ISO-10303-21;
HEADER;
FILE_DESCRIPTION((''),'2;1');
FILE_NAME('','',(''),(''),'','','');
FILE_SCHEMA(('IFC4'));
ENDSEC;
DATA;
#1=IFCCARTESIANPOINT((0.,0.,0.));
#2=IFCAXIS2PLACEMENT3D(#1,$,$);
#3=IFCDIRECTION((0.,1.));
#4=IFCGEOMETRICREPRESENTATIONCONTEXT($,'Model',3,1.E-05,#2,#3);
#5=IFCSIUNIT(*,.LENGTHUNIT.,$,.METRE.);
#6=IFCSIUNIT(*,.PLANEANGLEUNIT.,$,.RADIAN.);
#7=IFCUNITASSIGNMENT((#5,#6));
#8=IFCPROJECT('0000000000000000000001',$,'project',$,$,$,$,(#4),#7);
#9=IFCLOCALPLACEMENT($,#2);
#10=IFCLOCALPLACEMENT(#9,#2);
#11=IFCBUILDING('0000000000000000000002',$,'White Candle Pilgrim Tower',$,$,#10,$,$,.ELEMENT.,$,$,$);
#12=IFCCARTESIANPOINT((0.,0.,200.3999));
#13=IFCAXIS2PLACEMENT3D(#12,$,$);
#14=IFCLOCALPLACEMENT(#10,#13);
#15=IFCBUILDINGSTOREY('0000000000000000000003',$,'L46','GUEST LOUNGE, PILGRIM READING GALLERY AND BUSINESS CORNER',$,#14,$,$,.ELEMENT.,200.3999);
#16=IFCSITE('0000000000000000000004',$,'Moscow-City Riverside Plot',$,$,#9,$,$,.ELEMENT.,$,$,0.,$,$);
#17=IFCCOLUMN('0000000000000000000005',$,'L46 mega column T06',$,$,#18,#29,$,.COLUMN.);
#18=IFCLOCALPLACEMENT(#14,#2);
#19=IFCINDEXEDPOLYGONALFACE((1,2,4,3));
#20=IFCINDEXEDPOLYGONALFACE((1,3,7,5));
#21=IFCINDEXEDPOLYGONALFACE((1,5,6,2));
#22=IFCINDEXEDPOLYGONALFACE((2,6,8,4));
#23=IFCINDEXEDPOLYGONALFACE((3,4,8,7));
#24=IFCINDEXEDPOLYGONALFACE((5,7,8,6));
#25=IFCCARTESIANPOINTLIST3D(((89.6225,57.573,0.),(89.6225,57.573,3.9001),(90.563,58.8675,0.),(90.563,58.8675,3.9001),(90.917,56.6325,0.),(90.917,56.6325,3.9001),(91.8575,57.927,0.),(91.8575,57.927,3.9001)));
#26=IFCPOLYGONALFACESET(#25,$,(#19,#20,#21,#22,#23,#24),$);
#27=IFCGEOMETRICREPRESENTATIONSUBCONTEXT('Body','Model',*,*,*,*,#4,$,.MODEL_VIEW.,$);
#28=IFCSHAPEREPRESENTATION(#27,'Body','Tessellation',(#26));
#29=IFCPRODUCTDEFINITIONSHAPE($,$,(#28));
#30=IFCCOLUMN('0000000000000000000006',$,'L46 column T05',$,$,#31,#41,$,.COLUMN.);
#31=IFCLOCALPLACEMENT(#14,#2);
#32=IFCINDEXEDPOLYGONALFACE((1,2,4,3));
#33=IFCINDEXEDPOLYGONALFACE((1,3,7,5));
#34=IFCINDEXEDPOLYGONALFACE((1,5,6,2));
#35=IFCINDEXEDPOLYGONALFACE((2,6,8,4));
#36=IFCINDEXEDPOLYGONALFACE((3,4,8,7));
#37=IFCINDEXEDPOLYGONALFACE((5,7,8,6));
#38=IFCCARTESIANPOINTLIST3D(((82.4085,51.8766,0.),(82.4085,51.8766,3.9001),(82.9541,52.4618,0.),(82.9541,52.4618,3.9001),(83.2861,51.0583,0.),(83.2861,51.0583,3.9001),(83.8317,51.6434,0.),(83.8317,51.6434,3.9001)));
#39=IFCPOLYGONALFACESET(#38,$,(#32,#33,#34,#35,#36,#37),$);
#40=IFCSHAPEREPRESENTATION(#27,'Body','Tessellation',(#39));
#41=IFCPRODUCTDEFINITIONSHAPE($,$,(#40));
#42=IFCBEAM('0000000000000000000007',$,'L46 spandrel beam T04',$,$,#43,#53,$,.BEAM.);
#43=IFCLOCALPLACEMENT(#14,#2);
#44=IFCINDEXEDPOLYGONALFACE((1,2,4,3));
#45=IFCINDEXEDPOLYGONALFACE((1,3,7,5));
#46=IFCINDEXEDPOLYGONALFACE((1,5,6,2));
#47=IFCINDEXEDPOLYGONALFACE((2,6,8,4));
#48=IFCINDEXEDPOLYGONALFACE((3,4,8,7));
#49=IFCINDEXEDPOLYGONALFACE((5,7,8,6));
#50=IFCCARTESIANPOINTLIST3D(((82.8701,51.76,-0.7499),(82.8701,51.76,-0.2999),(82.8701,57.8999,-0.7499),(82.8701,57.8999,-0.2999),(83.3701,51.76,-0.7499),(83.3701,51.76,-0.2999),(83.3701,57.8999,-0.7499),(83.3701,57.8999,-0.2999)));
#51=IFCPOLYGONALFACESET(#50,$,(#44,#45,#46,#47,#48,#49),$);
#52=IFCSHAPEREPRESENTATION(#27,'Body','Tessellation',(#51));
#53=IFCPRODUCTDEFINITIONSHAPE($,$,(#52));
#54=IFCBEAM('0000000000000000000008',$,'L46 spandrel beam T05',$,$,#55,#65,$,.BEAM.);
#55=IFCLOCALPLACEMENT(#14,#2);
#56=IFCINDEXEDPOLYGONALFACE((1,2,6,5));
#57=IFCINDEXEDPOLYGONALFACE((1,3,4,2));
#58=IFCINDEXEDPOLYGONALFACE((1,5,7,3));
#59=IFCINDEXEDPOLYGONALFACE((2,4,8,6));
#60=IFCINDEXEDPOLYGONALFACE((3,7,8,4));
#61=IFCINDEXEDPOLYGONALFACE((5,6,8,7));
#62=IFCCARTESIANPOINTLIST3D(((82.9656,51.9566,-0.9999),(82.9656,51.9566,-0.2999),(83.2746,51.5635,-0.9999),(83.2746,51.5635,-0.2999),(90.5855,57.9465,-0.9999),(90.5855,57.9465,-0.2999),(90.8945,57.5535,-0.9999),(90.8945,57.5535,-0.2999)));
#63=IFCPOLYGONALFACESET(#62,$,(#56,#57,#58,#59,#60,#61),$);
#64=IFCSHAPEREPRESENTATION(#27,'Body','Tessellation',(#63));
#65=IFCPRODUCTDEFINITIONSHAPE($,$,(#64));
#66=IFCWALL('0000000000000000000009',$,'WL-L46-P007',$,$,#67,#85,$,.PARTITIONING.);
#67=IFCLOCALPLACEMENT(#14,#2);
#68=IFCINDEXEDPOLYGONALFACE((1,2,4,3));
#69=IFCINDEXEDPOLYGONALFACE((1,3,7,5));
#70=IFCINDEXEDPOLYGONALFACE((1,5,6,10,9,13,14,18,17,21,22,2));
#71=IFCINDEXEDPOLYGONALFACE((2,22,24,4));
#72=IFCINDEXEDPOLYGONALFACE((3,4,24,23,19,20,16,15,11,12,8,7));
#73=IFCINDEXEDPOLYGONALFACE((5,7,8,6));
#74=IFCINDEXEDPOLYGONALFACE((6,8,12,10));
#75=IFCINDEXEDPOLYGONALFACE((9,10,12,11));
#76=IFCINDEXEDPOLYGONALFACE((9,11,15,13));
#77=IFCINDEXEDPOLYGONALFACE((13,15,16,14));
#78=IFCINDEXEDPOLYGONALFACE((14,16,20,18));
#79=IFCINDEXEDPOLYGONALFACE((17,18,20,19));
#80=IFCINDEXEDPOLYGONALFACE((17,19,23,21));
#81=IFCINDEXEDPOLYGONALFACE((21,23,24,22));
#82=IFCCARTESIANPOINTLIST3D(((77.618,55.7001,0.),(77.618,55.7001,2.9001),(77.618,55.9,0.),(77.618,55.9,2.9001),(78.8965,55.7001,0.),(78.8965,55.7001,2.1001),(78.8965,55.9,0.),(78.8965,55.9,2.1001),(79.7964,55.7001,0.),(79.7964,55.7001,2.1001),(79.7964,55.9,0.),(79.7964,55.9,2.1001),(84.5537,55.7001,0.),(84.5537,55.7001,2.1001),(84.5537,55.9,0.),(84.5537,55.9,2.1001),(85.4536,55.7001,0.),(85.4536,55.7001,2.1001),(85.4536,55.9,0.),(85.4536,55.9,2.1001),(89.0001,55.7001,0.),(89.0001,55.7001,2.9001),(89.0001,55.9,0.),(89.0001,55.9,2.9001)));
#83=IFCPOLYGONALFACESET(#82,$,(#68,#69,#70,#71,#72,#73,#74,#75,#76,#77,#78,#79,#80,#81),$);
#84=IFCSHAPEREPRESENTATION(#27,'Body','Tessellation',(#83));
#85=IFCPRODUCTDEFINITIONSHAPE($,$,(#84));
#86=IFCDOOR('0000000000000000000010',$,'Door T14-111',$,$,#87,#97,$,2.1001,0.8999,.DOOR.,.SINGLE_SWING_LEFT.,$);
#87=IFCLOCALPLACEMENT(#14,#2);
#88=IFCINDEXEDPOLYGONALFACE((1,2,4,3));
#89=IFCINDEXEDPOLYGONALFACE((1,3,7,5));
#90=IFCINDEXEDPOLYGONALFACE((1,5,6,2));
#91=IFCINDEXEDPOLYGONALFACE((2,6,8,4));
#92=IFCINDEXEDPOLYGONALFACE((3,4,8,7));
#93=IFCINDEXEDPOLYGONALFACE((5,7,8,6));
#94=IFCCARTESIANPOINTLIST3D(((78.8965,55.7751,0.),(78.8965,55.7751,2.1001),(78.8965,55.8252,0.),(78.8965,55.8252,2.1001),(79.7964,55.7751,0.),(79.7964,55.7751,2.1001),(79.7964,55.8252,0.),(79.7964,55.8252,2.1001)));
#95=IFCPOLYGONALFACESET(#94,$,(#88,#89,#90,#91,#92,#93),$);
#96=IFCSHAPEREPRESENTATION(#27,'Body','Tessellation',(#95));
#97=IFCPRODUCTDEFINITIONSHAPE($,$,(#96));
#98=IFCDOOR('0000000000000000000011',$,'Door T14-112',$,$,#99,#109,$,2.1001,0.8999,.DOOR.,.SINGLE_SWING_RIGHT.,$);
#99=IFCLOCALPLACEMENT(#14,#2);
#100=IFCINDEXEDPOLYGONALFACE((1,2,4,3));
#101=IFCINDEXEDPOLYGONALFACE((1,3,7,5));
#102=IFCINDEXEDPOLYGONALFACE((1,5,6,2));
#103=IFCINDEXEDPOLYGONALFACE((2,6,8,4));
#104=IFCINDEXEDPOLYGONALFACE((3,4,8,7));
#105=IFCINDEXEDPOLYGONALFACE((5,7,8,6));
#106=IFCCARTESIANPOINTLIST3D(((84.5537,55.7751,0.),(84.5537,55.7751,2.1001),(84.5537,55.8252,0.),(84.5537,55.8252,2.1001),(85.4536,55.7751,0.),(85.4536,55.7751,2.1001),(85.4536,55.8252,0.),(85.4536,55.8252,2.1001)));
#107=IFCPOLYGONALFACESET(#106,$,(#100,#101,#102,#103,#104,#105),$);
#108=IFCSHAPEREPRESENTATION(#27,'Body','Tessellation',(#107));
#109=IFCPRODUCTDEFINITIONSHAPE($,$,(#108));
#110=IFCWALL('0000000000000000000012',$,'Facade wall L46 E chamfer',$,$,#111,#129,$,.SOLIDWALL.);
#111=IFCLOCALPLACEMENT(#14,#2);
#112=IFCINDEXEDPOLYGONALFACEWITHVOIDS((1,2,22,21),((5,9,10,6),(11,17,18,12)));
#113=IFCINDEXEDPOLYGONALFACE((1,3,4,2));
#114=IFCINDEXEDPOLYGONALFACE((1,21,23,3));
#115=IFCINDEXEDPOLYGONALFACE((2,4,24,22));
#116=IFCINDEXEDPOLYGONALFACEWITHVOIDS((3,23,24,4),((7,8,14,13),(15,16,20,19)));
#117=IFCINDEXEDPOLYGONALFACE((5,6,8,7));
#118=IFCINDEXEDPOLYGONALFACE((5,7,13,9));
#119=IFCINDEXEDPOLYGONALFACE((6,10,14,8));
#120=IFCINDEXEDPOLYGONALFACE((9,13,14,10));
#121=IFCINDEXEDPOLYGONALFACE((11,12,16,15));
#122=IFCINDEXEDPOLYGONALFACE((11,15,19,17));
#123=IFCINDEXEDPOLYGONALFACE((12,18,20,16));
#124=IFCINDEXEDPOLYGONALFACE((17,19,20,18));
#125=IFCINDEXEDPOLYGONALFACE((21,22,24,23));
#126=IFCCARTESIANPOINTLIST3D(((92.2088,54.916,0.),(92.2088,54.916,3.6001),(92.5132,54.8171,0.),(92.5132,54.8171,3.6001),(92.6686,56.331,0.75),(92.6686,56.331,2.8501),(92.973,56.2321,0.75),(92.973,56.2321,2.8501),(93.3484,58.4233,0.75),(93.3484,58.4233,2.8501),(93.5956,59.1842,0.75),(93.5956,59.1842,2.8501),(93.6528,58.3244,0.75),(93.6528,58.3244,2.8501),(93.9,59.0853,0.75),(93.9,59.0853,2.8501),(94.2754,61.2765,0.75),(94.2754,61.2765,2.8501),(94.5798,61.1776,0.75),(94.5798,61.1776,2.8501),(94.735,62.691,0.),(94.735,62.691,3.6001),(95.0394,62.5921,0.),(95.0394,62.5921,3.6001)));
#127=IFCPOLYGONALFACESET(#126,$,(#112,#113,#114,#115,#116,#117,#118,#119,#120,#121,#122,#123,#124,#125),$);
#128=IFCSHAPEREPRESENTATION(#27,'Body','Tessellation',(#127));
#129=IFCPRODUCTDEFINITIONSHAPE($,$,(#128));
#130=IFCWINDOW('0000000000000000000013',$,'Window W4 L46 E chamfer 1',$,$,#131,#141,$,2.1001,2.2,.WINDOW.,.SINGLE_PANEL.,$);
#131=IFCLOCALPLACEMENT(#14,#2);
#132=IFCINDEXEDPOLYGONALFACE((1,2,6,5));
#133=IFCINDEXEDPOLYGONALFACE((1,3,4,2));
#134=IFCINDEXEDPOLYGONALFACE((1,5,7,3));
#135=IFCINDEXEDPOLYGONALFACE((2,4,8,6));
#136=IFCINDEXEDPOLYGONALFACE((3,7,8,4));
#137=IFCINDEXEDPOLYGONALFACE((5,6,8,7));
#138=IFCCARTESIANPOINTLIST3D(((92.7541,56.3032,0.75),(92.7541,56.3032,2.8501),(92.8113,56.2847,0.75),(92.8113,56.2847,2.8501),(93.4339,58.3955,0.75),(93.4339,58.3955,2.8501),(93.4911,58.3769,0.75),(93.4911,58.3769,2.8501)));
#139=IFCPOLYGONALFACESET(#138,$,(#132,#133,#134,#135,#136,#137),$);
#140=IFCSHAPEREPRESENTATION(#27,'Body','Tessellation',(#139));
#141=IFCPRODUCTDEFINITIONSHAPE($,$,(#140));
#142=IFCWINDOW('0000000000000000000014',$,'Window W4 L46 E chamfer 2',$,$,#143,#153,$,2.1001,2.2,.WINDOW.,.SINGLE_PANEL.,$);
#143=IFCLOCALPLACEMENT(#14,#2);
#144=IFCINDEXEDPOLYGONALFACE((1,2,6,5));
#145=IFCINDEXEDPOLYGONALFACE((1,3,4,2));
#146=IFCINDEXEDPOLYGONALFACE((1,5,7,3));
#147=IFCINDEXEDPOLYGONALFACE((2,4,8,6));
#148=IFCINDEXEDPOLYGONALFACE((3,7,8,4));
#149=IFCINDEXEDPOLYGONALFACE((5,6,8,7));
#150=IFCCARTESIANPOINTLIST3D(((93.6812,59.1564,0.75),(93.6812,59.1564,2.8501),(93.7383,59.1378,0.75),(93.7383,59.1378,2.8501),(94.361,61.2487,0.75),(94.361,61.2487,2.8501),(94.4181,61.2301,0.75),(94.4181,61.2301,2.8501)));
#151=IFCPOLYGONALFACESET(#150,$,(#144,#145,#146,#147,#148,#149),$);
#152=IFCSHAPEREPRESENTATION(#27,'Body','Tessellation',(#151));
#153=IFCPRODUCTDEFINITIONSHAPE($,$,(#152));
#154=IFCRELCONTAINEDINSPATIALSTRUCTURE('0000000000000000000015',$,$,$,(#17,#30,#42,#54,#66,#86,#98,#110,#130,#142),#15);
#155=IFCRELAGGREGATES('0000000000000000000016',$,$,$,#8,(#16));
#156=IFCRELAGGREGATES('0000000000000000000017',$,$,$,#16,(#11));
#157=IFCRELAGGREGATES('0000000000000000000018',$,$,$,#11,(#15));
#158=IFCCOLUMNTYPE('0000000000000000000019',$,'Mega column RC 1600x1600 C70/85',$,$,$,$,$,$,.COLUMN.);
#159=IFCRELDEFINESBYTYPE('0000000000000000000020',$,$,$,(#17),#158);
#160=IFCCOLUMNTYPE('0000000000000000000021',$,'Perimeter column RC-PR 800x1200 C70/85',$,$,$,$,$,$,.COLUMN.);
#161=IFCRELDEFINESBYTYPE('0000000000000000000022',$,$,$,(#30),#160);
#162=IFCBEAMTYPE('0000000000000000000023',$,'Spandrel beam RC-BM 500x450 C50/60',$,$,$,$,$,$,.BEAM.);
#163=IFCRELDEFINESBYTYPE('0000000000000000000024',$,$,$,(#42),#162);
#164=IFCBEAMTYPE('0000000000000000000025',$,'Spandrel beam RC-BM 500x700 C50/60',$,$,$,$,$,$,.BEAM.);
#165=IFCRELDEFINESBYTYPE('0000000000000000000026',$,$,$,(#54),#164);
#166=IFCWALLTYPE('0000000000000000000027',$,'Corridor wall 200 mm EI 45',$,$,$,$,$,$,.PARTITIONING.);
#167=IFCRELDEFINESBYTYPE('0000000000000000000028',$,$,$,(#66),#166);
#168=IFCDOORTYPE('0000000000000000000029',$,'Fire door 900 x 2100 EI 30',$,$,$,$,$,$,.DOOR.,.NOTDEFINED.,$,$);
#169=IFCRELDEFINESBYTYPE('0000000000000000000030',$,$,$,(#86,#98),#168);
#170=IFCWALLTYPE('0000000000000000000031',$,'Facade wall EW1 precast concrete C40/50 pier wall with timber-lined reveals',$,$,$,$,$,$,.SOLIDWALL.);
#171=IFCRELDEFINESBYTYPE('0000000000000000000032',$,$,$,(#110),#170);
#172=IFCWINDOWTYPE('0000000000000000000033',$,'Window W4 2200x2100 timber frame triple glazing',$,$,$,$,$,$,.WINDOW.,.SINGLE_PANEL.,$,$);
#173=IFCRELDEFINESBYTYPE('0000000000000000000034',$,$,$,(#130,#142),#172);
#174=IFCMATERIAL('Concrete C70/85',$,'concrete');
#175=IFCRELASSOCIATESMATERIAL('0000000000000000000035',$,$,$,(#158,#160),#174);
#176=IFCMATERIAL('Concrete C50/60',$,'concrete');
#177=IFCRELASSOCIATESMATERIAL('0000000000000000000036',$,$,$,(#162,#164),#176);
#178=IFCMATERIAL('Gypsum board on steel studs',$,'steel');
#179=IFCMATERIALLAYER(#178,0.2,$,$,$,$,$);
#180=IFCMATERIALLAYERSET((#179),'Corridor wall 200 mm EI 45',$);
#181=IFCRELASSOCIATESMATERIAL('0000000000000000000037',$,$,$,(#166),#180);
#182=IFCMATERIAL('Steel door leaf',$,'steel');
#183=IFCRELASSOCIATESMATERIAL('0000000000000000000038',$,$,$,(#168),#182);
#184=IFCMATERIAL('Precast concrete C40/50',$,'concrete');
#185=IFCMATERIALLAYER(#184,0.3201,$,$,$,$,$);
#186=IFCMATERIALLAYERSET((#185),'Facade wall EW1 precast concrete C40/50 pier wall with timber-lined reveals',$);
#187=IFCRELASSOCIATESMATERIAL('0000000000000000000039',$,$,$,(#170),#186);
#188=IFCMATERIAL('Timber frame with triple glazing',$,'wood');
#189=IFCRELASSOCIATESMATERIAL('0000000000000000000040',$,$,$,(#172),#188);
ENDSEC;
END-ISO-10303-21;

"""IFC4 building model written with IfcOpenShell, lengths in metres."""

from ifc_helpers import new_model, si_unit, direction, frame, frame_2d, origin, origin_2d, place, context, subcontext, project, spatial, rectangle, extrude, material, layer, layer_set, material_profile, profile_set, type_object, element, fill, save


model = new_model("IFC4")

# Units and contexts
model_context = context("Model", 3, precision=1e-05, world=origin(), true_north=direction((0.0, 1.0)))
body_context = subcontext(model_context, "Body", "Model", "MODEL_VIEW")
ifc_project = project(units=[si_unit("LENGTHUNIT", "METRE"), si_unit("PLANEANGLEUNIT", "RADIAN")], contexts=[model_context])

# Site, building, storey
site_placement = place(None, origin())
site = spatial("IfcSite", under=ifc_project, at=site_placement, Name="Moscow-City Riverside Plot", CompositionType="ELEMENT", RefElevation=0.0)
building_placement = place(site_placement, origin())
building = spatial("IfcBuilding", under=site, at=building_placement, Name="White Candle Pilgrim Tower", CompositionType="ELEMENT")
storey_placement = place(building_placement, frame((0.0, 0.0, 200.3999)))
storey = spatial("IfcBuildingStorey", under=building, at=storey_placement, Name="L46", Description="GUEST LOUNGE, PILGRIM READING GALLERY AND BUSINESS CORNER", CompositionType="ELEMENT", Elevation=200.3999)

# Columns
ifc_material_1 = material(Name="Concrete C70/85", Category="concrete")
ifc_material_profile_1 = material_profile(ifc_material_1, rectangle(XDim=1.6001, YDim=1.6001, at=origin_2d()), Name="RC 1600x1600")
ifc_profile_set_1 = profile_set([ifc_material_profile_1], Name="Concrete C70/85")
column_type_1 = type_object("IfcColumnType", Name="Mega column RC 1600x1600 C70/85", PredefinedType="COLUMN", material=ifc_profile_set_1)
column_1_placement = place(storey_placement, frame((90.74, 57.75, 0.0), z_axis=(0.0, 0.0, 1.0), x_axis=(0.809017, -0.587785, 0.0)))
element("IfcColumn", 1, at=column_1_placement, inside=storey, type_object=column_type_1, Name="L46 mega column T06", PredefinedType="COLUMN", context=body_context, shape_type="SweptSolid", body=[
    extrude(rectangle(XDim=1.6001, YDim=1.6001, at=origin_2d()), origin(), (0.0, 0.0, 1.0), 3.9001),
])
ifc_material_profile_2 = material_profile(ifc_material_1, rectangle(XDim=0.8, YDim=1.2, at=origin_2d()), Name="RC-PR 800x1200")
ifc_profile_set_2 = profile_set([ifc_material_profile_2], Name="Concrete C70/85")
column_type_2 = type_object("IfcColumnType", Name="Perimeter column RC-PR 800x1200 C70/85", PredefinedType="COLUMN", material=ifc_profile_set_2)
column_2_placement = place(storey_placement, frame((83.1201, 51.76, 0.0), z_axis=(0.0, 0.0, 1.0), x_axis=(-0.681998, -0.731354, 0.0)))
element("IfcColumn", 2, at=column_2_placement, inside=storey, type_object=column_type_2, Name="L46 column T05", PredefinedType="COLUMN", context=body_context, shape_type="SweptSolid", body=[
    extrude(rectangle(XDim=0.8, YDim=1.2, at=origin_2d()), origin(), (0.0, 0.0, 1.0), 3.9001),
])

# Beams
ifc_material_2 = material(Name="Concrete C50/60", Category="concrete")
ifc_material_profile_3 = material_profile(ifc_material_2, rectangle(XDim=0.5, YDim=0.45, at=origin_2d()), Name="RC-BM 500x450")
ifc_profile_set_3 = profile_set([ifc_material_profile_3], Name="Concrete C50/60")
beam_type_1 = type_object("IfcBeamType", Name="Spandrel beam RC-BM 500x450 C50/60", PredefinedType="BEAM", material=ifc_profile_set_3)
beam_1_placement = place(storey_placement, frame((83.1201, 51.76, -0.5249), z_axis=(0.0, 1.0, 0.0), x_axis=(-1.0, 0.0, 0.0)))
element("IfcBeam", 3, at=beam_1_placement, inside=storey, type_object=beam_type_1, Name="L46 spandrel beam T04", PredefinedType="BEAM", context=body_context, shape_type="SweptSolid", body=[
    extrude(rectangle(XDim=0.5, YDim=0.45, at=origin_2d()), origin(), (0.0, 0.0, 1.0), 6.1399),
])
ifc_material_profile_4 = material_profile(ifc_material_2, rectangle(XDim=0.5, YDim=0.7, at=origin_2d()), Name="RC-BM 500x700")
ifc_profile_set_4 = profile_set([ifc_material_profile_4], Name="Concrete C50/60")
beam_type_2 = type_object("IfcBeamType", Name="Spandrel beam RC-BM 500x700 C50/60", PredefinedType="BEAM", material=ifc_profile_set_4)
beam_2_placement = place(storey_placement, frame((83.1201, 51.76, -0.6499), z_axis=(0.786171, 0.61801, 0.0), x_axis=(-0.61801, 0.786171, 0.0)))
element("IfcBeam", 4, at=beam_2_placement, inside=storey, type_object=beam_type_2, Name="L46 spandrel beam T05", PredefinedType="BEAM", context=body_context, shape_type="SweptSolid", body=[
    extrude(rectangle(XDim=0.5, YDim=0.7, at=origin_2d()), origin(), (0.0, 0.0, 1.0), 9.6924),
])

# Wall, openings, doors
ifc_material_3 = material(Name="Gypsum board on steel studs", Category="steel")
ifc_layer_1 = layer(ifc_material_3, 0.2)
ifc_layer_set_1 = layer_set([ifc_layer_1], Name="Corridor wall 200 mm EI 45")
wall_type_1 = type_object("IfcWallType", Name="Corridor wall 200 mm EI 45", PredefinedType="PARTITIONING", material=ifc_layer_set_1)
wall_1_placement = place(storey_placement, frame((89.0, 55.8, 0.0), z_axis=(0.0, 0.0, 1.0), x_axis=(-1.0, 0.0, 0.0)))
wall_1 = element("IfcWall", 5, at=wall_1_placement, inside=storey, type_object=wall_type_1, Name="WL-L46-P007", PredefinedType="PARTITIONING", context=body_context, shape_type="SweptSolid", body=[
    extrude(rectangle(XDim=11.3821, YDim=0.2, at=frame_2d((5.6909, 0.0))), origin(), (0.0, 0.0, 1.0), 2.9001),
])
opening_1_placement = place(wall_1_placement, frame((9.2036, 0.0, 0.0)))
opening_1 = element("IfcOpeningElement", 6, at=opening_1_placement, cuts=wall_1, PredefinedType="OPENING", context=body_context, shape_type="SweptSolid", body=[
    extrude(rectangle(XDim=0.8999, YDim=2.1001, at=frame_2d((0.45, 1.05))), frame((0.0, 0.1099, 0.0), z_axis=(0.0, -1.0, 0.0), x_axis=(1.0, 0.0, 0.0)), (0.0, 0.0, 1.0), 0.22),
])
opening_2_placement = place(wall_1_placement, frame((3.5464, 0.0, 0.0)))
opening_2 = element("IfcOpeningElement", 7, at=opening_2_placement, cuts=wall_1, PredefinedType="OPENING", context=body_context, shape_type="SweptSolid", body=[
    extrude(rectangle(XDim=0.8999, YDim=2.1001, at=frame_2d((0.45, 1.05))), frame((0.0, 0.1099, 0.0), z_axis=(0.0, -1.0, 0.0), x_axis=(1.0, 0.0, 0.0)), (0.0, 0.0, 1.0), 0.22),
])
ifc_material_4 = material(Name="Steel door leaf", Category="steel")
door_type_1 = type_object("IfcDoorType", Name="Fire door 900 x 2100 EI 30", OperationType="NOTDEFINED", PredefinedType="DOOR", material=ifc_material_4)
door_1_placement = place(opening_1_placement, origin())
door_1 = element("IfcDoor", 8, at=door_1_placement, inside=storey, type_object=door_type_1, Name="Door T14-111", OperationType="SINGLE_SWING_LEFT", OverallHeight=2.1001, OverallWidth=0.8999, PredefinedType="DOOR", context=body_context, shape_type="SweptSolid", body=[
    extrude(rectangle(XDim=0.8999, YDim=2.1001, at=frame_2d((0.45, 1.05))), frame((0.0, 0.0249, 0.0), z_axis=(0.0, -1.0, 0.0), x_axis=(1.0, 0.0, 0.0)), (0.0, 0.0, 1.0), 0.05),
])
fill(opening_1, door_1)
door_2_placement = place(opening_2_placement, origin())
door_2 = element("IfcDoor", 9, at=door_2_placement, inside=storey, type_object=door_type_1, Name="Door T14-112", OperationType="SINGLE_SWING_RIGHT", OverallHeight=2.1001, OverallWidth=0.8999, PredefinedType="DOOR", context=body_context, shape_type="SweptSolid", body=[
    extrude(rectangle(XDim=0.8999, YDim=2.1001, at=frame_2d((0.45, 1.05))), frame((0.0, 0.0249, 0.0), z_axis=(0.0, -1.0, 0.0), x_axis=(1.0, 0.0, 0.0)), (0.0, 0.0, 1.0), 0.05),
])
fill(opening_2, door_2)

# Wall, openings, windows
ifc_material_5 = material(Name="Precast concrete C40/50", Category="concrete")
ifc_layer_2 = layer(ifc_material_5, 0.3201)
ifc_layer_set_2 = layer_set([ifc_layer_2], Name="Facade wall EW1 precast concrete C40/50 pier wall with timber-lined reveals")
wall_type_2 = type_object("IfcWallType", Name="Facade wall EW1 precast concrete C40/50 pier wall with timber-lined reveals", PredefinedType="SOLIDWALL", material=ifc_layer_set_2)
wall_2_placement = place(storey_placement, frame((92.3611, 54.8667, 0.0), z_axis=(0.0, 0.0, 1.0), x_axis=(0.309006, 0.95106, 0.0)))
wall_2 = element("IfcWall", 10, at=wall_2_placement, inside=storey, type_object=wall_type_2, Name="Facade wall L46 E chamfer", PredefinedType="SOLIDWALL", context=body_context, shape_type="SweptSolid", body=[
    extrude(rectangle(XDim=8.175, YDim=0.3201, at=frame_2d((4.0874, 0.0))), origin(), (0.0, 0.0, 1.0), 3.6001),
])
opening_3_placement = place(wall_2_placement, frame((1.4875, 0.0, 0.75)))
opening_3 = element("IfcOpeningElement", 11, at=opening_3_placement, cuts=wall_2, PredefinedType="OPENING", context=body_context, shape_type="SweptSolid", body=[
    extrude(rectangle(XDim=2.2, YDim=2.1001, at=frame_2d((1.1001, 1.05))), frame((0.0, 0.1699, 0.0), z_axis=(0.0, -1.0, 0.0), x_axis=(1.0, 0.0, 0.0)), (0.0, 0.0, 1.0), 0.3401),
])
opening_4_placement = place(wall_2_placement, frame((4.4875, 0.0, 0.75)))
opening_4 = element("IfcOpeningElement", 12, at=opening_4_placement, cuts=wall_2, PredefinedType="OPENING", context=body_context, shape_type="SweptSolid", body=[
    extrude(rectangle(XDim=2.2, YDim=2.1001, at=frame_2d((1.1001, 1.05))), frame((0.0, 0.1699, 0.0), z_axis=(0.0, -1.0, 0.0), x_axis=(1.0, 0.0, 0.0)), (0.0, 0.0, 1.0), 0.3401),
])
ifc_material_6 = material(Name="Timber frame with triple glazing", Category="wood")
window_type = type_object("IfcWindowType", Name="Window W4 2200x2100 timber frame triple glazing", PartitioningType="SINGLE_PANEL", PredefinedType="WINDOW", material=ifc_material_6)
window_1_placement = place(opening_3_placement, origin())
window_1 = element("IfcWindow", 13, at=window_1_placement, inside=storey, type_object=window_type, Name="Window W4 L46 E chamfer 1", OverallHeight=2.1001, OverallWidth=2.2, PartitioningType="SINGLE_PANEL", PredefinedType="WINDOW", context=body_context, shape_type="SweptSolid", body=[
    extrude(rectangle(XDim=2.2, YDim=2.1001, at=frame_2d((1.1001, 1.05))), frame((0.0, 0.0701, 0.0), z_axis=(0.0, -1.0, 0.0), x_axis=(1.0, 0.0, 0.0)), (0.0, 0.0, 1.0), 0.0601),
])
fill(opening_3, window_1)
window_2_placement = place(opening_4_placement, origin())
window_2 = element("IfcWindow", 14, at=window_2_placement, inside=storey, type_object=window_type, Name="Window W4 L46 E chamfer 2", OverallHeight=2.1001, OverallWidth=2.2, PartitioningType="SINGLE_PANEL", PredefinedType="WINDOW", context=body_context, shape_type="SweptSolid", body=[
    extrude(rectangle(XDim=2.2, YDim=2.1001, at=frame_2d((1.1001, 1.05))), frame((0.0, 0.0701, 0.0), z_axis=(0.0, -1.0, 0.0), x_axis=(1.0, 0.0, 0.0)), (0.0, 0.0, 1.0), 0.0601),
])
fill(opening_4, window_2)

save(model, "model.ifc")
